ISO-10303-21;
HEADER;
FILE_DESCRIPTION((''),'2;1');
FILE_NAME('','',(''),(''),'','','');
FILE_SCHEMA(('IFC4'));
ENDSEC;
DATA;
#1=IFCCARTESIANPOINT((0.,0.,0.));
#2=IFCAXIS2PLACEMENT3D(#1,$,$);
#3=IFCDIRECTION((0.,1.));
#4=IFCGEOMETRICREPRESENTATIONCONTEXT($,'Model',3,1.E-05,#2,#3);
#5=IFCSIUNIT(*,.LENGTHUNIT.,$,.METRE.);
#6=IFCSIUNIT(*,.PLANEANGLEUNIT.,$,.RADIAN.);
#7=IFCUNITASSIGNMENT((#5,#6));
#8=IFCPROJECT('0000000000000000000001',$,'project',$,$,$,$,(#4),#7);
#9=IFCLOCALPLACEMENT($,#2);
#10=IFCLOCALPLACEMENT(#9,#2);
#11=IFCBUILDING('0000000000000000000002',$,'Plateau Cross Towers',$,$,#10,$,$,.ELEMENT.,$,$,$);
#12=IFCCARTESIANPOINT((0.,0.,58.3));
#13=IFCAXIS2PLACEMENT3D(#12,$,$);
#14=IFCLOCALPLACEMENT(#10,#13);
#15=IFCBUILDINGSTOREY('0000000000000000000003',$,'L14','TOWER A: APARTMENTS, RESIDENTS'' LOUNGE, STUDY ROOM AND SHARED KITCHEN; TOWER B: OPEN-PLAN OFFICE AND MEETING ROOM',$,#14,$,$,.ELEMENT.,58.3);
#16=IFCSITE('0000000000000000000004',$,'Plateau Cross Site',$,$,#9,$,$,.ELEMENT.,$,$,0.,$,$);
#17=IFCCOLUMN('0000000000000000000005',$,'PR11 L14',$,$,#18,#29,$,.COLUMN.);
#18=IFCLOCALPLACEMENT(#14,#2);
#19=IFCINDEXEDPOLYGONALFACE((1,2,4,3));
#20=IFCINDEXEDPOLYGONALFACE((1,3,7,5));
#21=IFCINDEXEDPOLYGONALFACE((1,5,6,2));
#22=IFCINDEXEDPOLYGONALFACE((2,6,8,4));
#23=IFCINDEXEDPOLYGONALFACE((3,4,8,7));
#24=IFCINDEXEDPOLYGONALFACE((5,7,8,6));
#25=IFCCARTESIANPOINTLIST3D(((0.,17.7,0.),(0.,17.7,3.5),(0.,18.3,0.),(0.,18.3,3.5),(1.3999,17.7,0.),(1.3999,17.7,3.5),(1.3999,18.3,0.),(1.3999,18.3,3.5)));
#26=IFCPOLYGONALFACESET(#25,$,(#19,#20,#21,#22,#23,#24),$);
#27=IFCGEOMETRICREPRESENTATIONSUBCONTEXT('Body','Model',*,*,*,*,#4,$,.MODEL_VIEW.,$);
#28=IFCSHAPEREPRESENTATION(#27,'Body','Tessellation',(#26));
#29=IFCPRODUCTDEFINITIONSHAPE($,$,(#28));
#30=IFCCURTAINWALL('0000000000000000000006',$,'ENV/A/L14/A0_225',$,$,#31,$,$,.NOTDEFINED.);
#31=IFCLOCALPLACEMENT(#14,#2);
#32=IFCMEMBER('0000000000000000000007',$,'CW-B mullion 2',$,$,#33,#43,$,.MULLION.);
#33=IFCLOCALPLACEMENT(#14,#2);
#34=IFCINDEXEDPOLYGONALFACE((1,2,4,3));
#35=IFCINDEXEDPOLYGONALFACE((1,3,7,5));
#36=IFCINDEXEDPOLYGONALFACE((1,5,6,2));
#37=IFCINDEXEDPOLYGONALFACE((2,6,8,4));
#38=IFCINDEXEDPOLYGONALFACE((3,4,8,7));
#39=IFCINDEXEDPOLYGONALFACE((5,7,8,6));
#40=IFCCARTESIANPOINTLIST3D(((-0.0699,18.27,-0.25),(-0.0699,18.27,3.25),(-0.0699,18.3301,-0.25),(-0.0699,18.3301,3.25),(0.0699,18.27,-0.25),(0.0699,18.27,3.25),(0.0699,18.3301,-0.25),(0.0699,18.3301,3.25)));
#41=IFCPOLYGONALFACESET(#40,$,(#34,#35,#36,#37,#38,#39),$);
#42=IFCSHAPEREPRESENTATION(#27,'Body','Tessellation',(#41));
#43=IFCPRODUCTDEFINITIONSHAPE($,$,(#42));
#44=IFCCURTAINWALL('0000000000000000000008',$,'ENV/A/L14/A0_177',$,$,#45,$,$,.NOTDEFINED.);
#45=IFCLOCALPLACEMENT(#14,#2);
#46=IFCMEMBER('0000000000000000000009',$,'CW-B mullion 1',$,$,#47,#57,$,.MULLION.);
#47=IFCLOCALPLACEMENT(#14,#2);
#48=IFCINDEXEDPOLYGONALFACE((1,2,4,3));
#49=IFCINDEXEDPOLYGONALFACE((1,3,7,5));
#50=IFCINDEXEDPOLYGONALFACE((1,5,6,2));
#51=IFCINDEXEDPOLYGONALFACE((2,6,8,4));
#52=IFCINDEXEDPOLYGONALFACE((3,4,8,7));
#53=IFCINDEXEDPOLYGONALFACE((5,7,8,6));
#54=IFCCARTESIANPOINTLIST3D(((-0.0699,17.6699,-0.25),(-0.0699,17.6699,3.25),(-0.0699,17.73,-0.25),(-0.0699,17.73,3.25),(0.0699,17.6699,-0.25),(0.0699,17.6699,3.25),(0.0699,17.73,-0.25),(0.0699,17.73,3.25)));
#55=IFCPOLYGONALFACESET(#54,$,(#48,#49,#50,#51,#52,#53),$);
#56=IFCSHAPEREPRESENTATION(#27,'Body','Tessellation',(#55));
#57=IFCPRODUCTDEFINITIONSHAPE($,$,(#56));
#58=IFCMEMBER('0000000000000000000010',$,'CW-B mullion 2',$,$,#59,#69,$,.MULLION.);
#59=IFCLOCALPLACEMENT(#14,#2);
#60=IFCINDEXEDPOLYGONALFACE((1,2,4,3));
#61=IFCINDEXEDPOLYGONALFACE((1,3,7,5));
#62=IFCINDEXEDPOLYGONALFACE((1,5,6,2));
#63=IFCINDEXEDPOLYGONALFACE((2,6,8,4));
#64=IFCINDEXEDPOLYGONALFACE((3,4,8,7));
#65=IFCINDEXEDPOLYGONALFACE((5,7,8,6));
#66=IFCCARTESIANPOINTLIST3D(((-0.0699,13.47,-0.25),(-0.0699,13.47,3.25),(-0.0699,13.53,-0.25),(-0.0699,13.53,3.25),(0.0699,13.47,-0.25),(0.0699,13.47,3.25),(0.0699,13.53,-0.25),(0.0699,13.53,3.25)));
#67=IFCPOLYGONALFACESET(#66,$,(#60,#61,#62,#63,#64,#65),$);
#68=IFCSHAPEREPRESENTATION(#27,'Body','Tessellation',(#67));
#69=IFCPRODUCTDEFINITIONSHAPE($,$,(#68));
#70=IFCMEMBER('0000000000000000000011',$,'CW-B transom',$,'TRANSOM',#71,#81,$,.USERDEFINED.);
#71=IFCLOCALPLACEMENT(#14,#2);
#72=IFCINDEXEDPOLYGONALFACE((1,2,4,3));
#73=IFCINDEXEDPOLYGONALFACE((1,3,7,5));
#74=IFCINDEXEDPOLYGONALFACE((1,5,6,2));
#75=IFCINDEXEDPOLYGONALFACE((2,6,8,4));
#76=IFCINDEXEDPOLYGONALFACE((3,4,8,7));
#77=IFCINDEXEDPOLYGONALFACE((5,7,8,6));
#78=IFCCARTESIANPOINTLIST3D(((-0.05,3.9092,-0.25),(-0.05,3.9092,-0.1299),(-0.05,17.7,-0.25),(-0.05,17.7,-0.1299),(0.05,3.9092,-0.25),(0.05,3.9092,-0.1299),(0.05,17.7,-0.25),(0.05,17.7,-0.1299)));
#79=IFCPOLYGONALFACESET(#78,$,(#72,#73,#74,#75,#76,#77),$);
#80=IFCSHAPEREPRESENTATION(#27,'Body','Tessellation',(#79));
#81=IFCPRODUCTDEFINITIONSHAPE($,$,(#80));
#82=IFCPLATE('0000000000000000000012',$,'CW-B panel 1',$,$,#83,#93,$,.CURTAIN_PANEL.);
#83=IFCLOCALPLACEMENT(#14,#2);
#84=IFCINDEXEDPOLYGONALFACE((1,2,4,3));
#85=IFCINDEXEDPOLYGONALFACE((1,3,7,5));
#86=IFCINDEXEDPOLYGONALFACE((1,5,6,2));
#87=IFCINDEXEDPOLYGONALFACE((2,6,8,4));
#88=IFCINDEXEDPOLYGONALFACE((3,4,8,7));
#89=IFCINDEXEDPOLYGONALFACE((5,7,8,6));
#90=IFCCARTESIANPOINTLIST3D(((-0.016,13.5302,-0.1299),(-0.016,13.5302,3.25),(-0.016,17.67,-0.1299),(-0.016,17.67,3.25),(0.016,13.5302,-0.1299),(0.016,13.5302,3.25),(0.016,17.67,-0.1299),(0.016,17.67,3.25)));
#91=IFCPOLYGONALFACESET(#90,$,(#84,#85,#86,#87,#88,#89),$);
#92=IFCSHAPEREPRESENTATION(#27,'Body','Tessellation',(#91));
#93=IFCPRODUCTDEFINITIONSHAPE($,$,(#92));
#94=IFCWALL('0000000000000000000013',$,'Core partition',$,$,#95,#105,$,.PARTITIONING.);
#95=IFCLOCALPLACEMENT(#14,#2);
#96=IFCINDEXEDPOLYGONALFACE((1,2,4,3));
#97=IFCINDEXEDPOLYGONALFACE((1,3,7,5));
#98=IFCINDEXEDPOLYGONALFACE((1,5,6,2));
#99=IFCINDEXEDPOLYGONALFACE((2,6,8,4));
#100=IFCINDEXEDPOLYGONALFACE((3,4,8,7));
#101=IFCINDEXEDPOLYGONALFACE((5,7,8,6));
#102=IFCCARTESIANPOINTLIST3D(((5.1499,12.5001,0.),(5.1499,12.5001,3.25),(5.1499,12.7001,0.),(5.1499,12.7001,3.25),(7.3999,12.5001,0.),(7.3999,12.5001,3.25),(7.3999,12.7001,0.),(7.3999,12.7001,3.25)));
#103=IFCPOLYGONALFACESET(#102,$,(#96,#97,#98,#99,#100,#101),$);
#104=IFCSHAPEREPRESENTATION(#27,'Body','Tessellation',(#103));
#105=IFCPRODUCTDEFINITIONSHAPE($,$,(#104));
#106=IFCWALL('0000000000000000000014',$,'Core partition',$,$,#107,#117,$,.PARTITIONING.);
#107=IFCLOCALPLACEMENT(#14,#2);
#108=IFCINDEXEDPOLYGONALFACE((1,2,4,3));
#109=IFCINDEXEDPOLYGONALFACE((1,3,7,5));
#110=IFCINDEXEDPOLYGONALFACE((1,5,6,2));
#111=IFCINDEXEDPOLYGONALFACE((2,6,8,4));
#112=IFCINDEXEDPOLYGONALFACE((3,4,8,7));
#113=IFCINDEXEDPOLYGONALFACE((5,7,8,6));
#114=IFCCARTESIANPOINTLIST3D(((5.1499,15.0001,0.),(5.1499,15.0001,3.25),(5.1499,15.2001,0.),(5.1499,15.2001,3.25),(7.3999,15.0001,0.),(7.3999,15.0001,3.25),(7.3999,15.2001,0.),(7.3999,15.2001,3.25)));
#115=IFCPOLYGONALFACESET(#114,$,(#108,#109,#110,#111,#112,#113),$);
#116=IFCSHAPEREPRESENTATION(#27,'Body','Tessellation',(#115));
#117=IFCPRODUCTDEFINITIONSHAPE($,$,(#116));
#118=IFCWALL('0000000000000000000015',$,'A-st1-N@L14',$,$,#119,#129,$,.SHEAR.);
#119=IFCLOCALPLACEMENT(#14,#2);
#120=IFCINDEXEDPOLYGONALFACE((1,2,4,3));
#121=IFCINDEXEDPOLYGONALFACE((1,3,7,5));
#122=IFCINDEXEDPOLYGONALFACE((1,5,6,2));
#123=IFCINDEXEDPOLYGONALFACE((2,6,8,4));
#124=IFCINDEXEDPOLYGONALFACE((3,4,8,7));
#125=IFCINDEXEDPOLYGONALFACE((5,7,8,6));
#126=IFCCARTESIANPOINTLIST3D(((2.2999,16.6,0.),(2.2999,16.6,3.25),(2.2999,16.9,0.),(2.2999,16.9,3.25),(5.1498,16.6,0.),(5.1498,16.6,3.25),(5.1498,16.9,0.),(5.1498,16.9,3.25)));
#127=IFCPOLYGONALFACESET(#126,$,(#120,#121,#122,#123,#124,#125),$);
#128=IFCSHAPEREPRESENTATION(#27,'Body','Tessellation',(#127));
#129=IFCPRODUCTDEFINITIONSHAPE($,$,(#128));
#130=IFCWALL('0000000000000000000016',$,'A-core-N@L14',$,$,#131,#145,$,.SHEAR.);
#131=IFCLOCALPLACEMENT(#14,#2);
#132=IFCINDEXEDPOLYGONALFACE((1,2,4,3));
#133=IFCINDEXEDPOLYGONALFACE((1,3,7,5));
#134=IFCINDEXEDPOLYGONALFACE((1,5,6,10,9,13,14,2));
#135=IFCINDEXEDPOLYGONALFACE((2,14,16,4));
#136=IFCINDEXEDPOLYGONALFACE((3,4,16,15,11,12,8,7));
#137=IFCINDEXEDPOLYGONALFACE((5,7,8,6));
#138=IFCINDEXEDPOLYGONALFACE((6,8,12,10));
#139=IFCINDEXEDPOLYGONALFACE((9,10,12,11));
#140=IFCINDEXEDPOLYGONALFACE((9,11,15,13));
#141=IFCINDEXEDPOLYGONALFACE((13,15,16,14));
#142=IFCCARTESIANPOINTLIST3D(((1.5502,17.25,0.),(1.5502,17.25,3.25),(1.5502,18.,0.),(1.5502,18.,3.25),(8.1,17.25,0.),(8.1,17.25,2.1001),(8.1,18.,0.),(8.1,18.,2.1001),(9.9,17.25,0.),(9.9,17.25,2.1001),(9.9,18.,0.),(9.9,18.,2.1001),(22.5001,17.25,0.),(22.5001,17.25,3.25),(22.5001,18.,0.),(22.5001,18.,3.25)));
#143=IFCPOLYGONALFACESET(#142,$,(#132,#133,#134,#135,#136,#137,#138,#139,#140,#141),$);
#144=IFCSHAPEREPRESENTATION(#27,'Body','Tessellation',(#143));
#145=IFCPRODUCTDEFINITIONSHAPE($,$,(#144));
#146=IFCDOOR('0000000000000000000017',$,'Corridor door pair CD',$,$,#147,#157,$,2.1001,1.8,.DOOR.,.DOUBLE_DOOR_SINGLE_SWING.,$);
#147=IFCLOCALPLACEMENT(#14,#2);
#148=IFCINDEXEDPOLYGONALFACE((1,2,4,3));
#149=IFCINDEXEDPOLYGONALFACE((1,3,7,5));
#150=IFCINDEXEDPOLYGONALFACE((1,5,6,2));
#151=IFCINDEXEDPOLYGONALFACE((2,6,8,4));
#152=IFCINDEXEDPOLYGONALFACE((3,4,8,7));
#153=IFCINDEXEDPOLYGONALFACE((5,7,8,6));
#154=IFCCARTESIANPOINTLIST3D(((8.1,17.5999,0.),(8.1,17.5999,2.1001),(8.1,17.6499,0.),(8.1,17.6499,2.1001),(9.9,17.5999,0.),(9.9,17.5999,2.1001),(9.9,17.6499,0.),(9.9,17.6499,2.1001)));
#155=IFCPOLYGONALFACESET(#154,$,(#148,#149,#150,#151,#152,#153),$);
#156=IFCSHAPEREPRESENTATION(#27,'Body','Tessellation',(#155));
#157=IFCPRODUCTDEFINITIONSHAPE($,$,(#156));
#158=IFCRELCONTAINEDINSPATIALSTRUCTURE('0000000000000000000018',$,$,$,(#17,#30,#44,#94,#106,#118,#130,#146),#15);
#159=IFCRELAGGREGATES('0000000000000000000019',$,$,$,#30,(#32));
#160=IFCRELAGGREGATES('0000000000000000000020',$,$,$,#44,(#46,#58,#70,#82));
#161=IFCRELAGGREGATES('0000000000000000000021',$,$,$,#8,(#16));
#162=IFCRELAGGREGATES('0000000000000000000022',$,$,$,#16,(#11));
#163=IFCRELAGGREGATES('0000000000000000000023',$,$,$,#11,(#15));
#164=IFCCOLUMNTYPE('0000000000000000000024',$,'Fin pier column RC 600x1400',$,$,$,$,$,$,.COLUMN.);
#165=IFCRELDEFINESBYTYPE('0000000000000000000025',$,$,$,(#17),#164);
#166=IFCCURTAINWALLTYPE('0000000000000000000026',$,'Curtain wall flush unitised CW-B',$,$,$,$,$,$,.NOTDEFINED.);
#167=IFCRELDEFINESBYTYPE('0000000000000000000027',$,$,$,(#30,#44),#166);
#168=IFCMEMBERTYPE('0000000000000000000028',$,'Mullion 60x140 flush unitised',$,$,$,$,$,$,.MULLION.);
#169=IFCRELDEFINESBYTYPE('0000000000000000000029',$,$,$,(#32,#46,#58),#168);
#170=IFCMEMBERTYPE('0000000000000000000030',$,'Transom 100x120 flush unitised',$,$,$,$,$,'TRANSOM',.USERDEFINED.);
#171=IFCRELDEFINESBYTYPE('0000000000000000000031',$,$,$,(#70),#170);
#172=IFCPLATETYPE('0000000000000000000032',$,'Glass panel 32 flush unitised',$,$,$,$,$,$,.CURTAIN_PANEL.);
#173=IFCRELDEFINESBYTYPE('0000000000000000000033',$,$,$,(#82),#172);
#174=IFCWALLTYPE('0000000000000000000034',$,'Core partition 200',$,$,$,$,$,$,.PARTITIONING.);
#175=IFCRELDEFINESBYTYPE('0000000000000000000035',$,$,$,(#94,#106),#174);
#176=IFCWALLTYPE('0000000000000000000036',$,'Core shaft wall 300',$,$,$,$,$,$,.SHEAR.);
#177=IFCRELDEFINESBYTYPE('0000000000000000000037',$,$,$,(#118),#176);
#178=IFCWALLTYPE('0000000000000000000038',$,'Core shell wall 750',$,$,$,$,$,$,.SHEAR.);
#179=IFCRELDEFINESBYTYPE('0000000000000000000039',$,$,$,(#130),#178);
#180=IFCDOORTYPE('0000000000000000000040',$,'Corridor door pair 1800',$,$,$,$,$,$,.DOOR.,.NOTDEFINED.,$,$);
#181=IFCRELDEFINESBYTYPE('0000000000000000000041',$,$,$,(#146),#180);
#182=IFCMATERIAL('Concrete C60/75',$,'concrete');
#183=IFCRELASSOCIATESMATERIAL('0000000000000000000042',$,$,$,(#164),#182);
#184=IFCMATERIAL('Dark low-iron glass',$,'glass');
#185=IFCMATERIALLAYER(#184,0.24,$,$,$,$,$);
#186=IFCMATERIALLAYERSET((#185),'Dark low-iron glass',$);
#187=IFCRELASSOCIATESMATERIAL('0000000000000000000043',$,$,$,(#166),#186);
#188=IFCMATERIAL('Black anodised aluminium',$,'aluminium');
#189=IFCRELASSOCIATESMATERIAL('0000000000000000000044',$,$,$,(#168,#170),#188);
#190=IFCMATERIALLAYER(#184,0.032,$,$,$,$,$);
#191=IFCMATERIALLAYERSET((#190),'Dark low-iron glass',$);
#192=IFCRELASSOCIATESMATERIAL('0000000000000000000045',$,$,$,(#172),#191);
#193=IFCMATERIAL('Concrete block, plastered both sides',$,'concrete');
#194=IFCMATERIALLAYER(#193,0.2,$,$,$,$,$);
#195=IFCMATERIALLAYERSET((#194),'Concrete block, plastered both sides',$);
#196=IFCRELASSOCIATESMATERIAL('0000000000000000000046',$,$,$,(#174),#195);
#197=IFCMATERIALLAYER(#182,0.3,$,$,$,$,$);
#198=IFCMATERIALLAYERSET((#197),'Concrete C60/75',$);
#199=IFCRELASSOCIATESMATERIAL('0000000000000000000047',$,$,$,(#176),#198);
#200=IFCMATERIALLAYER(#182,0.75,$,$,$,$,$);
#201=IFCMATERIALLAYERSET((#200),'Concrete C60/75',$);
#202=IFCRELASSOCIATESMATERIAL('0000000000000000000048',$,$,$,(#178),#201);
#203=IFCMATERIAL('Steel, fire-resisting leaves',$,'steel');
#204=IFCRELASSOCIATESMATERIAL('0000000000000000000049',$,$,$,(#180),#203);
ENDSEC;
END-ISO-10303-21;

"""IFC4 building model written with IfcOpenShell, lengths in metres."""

from ifc_helpers import new_model, si_unit, direction, frame, frame_2d, origin, origin_2d, place, context, subcontext, project, spatial, rectangle, extrude, material, layer, layer_set, material_profile, profile_set, type_object, element, fill, aggregate, save


model = new_model("IFC4")

# Units and contexts
model_context = context("Model", 3, precision=1e-05, world=origin(), true_north=direction((0.0, 1.0)))
body_context = subcontext(model_context, "Body", "Model", "MODEL_VIEW")
ifc_project = project(units=[si_unit("LENGTHUNIT", "METRE"), si_unit("PLANEANGLEUNIT", "RADIAN")], contexts=[model_context])

# Site, building, storey
site_placement = place(None, origin())
site = spatial("IfcSite", under=ifc_project, at=site_placement, Name="Plateau Cross Site", CompositionType="ELEMENT", RefElevation=0.0)
building_placement = place(site_placement, origin())
building = spatial("IfcBuilding", under=site, at=building_placement, Name="Plateau Cross Towers", CompositionType="ELEMENT")
storey_placement = place(building_placement, frame((0.0, 0.0, 58.3)))
storey = spatial("IfcBuildingStorey", under=building, at=storey_placement, Name="L14", Description="TOWER A: APARTMENTS, RESIDENTS' LOUNGE, STUDY ROOM AND SHARED KITCHEN; TOWER B: OPEN-PLAN OFFICE AND MEETING ROOM", CompositionType="ELEMENT", Elevation=58.3)

# Column
ifc_material_1 = material(Name="Concrete C60/75", Category="concrete")
ifc_material_profile_1 = material_profile(ifc_material_1, rectangle(XDim=0.6001, YDim=1.3999, at=origin_2d()), Name="RC 600x1400")
ifc_profile_set_1 = profile_set([ifc_material_profile_1], Name="Concrete C60/75")
column_type = type_object("IfcColumnType", Name="Fin pier column RC 600x1400", PredefinedType="COLUMN", material=ifc_profile_set_1)
column_placement = place(storey_placement, frame((0.7, 18.0, 0.0), z_axis=(0.0, 0.0, 1.0), x_axis=(0.0, 1.0, 0.0)))
element("IfcColumn", 1, at=column_placement, inside=storey, type_object=column_type, Name="PR11 L14", PredefinedType="COLUMN", context=body_context, shape_type="SweptSolid", body=[
    extrude(rectangle(XDim=0.6001, YDim=1.3999, at=origin_2d()), origin(), (0.0, 0.0, 1.0), 3.5),
])

# Curtain wall, member
ifc_material_2 = material(Name="Dark low-iron glass", Category="glass")
ifc_layer_1 = layer(ifc_material_2, 0.24)
ifc_layer_set_1 = layer_set([ifc_layer_1], Name="Dark low-iron glass")
curtain_wall_type = type_object("IfcCurtainWallType", Name="Curtain wall flush unitised CW-B", PredefinedType="NOTDEFINED", material=ifc_layer_set_1)
curtain_wall_1_placement = place(storey_placement, origin())
curtain_wall_1 = element("IfcCurtainWall", 2, at=curtain_wall_1_placement, inside=storey, type_object=curtain_wall_type, Name="ENV/A/L14/A0_225", PredefinedType="NOTDEFINED")
ifc_material_3 = material(Name="Black anodised aluminium", Category="aluminium")
ifc_material_profile_2 = material_profile(ifc_material_3, rectangle(XDim=0.0601, YDim=0.1399, at=origin_2d()), Name="MULLION 60x140")
ifc_profile_set_2 = profile_set([ifc_material_profile_2], Name="Black anodised aluminium")
member_type_1 = type_object("IfcMemberType", Name="Mullion 60x140 flush unitised", PredefinedType="MULLION", material=ifc_profile_set_2)
member_1_placement = place(storey_placement, frame((0.0, 18.3, -0.25), z_axis=(0.0, 0.0, 1.0), x_axis=(0.0, -1.0, 0.0)))
member_1 = element("IfcMember", 3, at=member_1_placement, type_object=member_type_1, Name="CW-B mullion 2", PredefinedType="MULLION", context=body_context, shape_type="SweptSolid", body=[
    extrude(rectangle(XDim=0.0601, YDim=0.1399, at=origin_2d()), origin(), (0.0, 0.0, 1.0), 3.5),
])
aggregate(curtain_wall_1, [member_1])

# Curtain wall, members, plate
curtain_wall_2_placement = place(storey_placement, origin())
curtain_wall_2 = element("IfcCurtainWall", 4, at=curtain_wall_2_placement, inside=storey, type_object=curtain_wall_type, Name="ENV/A/L14/A0_177", PredefinedType="NOTDEFINED")
member_2_placement = place(storey_placement, frame((0.0, 17.7, -0.25), z_axis=(0.0, 0.0, 1.0), x_axis=(0.0, -1.0, 0.0)))
member_2 = element("IfcMember", 5, at=member_2_placement, type_object=member_type_1, Name="CW-B mullion 1", PredefinedType="MULLION", context=body_context, shape_type="SweptSolid", body=[
    extrude(rectangle(XDim=0.0601, YDim=0.1399, at=origin_2d()), origin(), (0.0, 0.0, 1.0), 3.5),
])
member_3_placement = place(storey_placement, frame((0.0, 13.5, -0.25), z_axis=(0.0, 0.0, 1.0), x_axis=(0.0, -1.0, 0.0)))
member_3 = element("IfcMember", 6, at=member_3_placement, type_object=member_type_1, Name="CW-B mullion 2", PredefinedType="MULLION", context=body_context, shape_type="SweptSolid", body=[
    extrude(rectangle(XDim=0.0601, YDim=0.1399, at=origin_2d()), origin(), (0.0, 0.0, 1.0), 3.5),
])
ifc_material_profile_3 = material_profile(ifc_material_3, rectangle(XDim=0.1001, YDim=0.1201, at=origin_2d()), Name="TRANSOM 100x120")
ifc_profile_set_3 = profile_set([ifc_material_profile_3], Name="Black anodised aluminium")
member_type_2 = type_object("IfcMemberType", Name="Transom 100x120 flush unitised", ElementType="TRANSOM", PredefinedType="USERDEFINED", material=ifc_profile_set_3)
member_4_placement = place(storey_placement, frame((0.0, 17.7, -0.1899), z_axis=(0.0, -1.0, 0.0), x_axis=(1.0, 0.0, 0.0)))
member_4 = element("IfcMember", 7, at=member_4_placement, type_object=member_type_2, Name="CW-B transom", ObjectType="TRANSOM", PredefinedType="USERDEFINED", context=body_context, shape_type="SweptSolid", body=[
    extrude(rectangle(XDim=0.1001, YDim=0.1201, at=origin_2d()), origin(), (0.0, 0.0, 1.0), 13.7908),
])
ifc_layer_2 = layer(ifc_material_2, 0.032)
ifc_layer_set_2 = layer_set([ifc_layer_2], Name="Dark low-iron glass")
plate_type = type_object("IfcPlateType", Name="Glass panel 32 flush unitised", PredefinedType="CURTAIN_PANEL", material=ifc_layer_set_2)
plate_placement = place(storey_placement, frame((0.0, 15.6001, -0.1299), z_axis=(0.0, 0.0, 1.0), x_axis=(0.0, -1.0, 0.0)))
plate = element("IfcPlate", 8, at=plate_placement, type_object=plate_type, Name="CW-B panel 1", PredefinedType="CURTAIN_PANEL", context=body_context, shape_type="SweptSolid", body=[
    extrude(rectangle(XDim=4.1399, YDim=0.032, at=origin_2d()), origin(), (0.0, 0.0, 1.0), 3.3799),
])
aggregate(curtain_wall_2, [member_2, member_3, member_4, plate])

# Walls
ifc_material_4 = material(Name="Concrete block, plastered both sides", Category="concrete")
ifc_layer_3 = layer(ifc_material_4, 0.2)
ifc_layer_set_3 = layer_set([ifc_layer_3], Name="Concrete block, plastered both sides")
wall_type_1 = type_object("IfcWallType", Name="Core partition 200", PredefinedType="PARTITIONING", material=ifc_layer_set_3)
for number, where, z_axis, x_axis, name in (
    (9, (5.1499, 12.6001, 0.0), (0.0, 0.0, 1.0), (1.0, 0.0, 0.0), "Core partition"),
    (10, (5.1499, 15.1001, 0.0), (0.0, 0.0, 1.0), (1.0, 0.0, 0.0), "Core partition"),
):
    element("IfcWall", number, at=place(storey_placement, frame(where, z_axis=z_axis, x_axis=x_axis)), inside=storey, type_object=wall_type_1, Name=name, PredefinedType="PARTITIONING", context=body_context, shape_type="SweptSolid", body=[
        extrude(rectangle(XDim=2.25, YDim=0.2, at=frame_2d((1.125, 0.0))), origin(), (0.0, 0.0, 1.0), 3.25),
    ])
ifc_layer_4 = layer(ifc_material_1, 0.3)
ifc_layer_set_4 = layer_set([ifc_layer_4], Name="Concrete C60/75")
wall_type_2 = type_object("IfcWallType", Name="Core shaft wall 300", PredefinedType="SHEAR", material=ifc_layer_set_4)
wall_1_placement = place(storey_placement, frame((2.3, 16.75, 0.0), z_axis=(0.0, 0.0, 1.0), x_axis=(1.0, 0.0, 0.0)))
element("IfcWall", 11, at=wall_1_placement, inside=storey, type_object=wall_type_2, Name="A-st1-N@L14", PredefinedType="SHEAR", context=body_context, shape_type="SweptSolid", body=[
    extrude(rectangle(XDim=2.8499, YDim=0.3, at=frame_2d((1.4248, 0.0))), origin(), (0.0, 0.0, 1.0), 3.25),
])

# Wall, opening, door
ifc_layer_5 = layer(ifc_material_1, 0.75)
ifc_layer_set_5 = layer_set([ifc_layer_5], Name="Concrete C60/75")
wall_type_3 = type_object("IfcWallType", Name="Core shell wall 750", PredefinedType="SHEAR", material=ifc_layer_set_5)
wall_2_placement = place(storey_placement, frame((1.55, 17.625, 0.0), z_axis=(0.0, 0.0, 1.0), x_axis=(1.0, 0.0, 0.0)))
wall_2 = element("IfcWall", 12, at=wall_2_placement, inside=storey, type_object=wall_type_3, Name="A-core-N@L14", PredefinedType="SHEAR", context=body_context, shape_type="SweptSolid", body=[
    extrude(rectangle(XDim=20.95, YDim=0.75, at=frame_2d((10.4751, 0.0))), origin(), (0.0, 0.0, 1.0), 3.25),
])
opening_placement = place(wall_2_placement, frame((6.55, 0.0, 0.0)))
opening = element("IfcOpeningElement", 13, at=opening_placement, cuts=wall_2, PredefinedType="OPENING", context=body_context, shape_type="SweptSolid", body=[
    extrude(rectangle(XDim=1.8, YDim=2.1001, at=frame_2d((0.8999, 1.05))), frame((0.0, 0.385, 0.0), z_axis=(0.0, -1.0, 0.0), x_axis=(1.0, 0.0, 0.0)), (0.0, 0.0, 1.0), 0.77),
])
ifc_material_5 = material(Name="Steel, fire-resisting leaves", Category="steel")
door_type = type_object("IfcDoorType", Name="Corridor door pair 1800", OperationType="NOTDEFINED", PredefinedType="DOOR", material=ifc_material_5)
door_placement = place(opening_placement, origin())
door = element("IfcDoor", 14, at=door_placement, inside=storey, type_object=door_type, Name="Corridor door pair CD", OperationType="DOUBLE_DOOR_SINGLE_SWING", OverallHeight=2.1001, OverallWidth=1.8, PredefinedType="DOOR", context=body_context, shape_type="SweptSolid", body=[
    extrude(rectangle(XDim=1.8, YDim=2.1001, at=frame_2d((0.8999, 1.05))), frame((0.0, 0.0249, 0.0), z_axis=(0.0, -1.0, 0.0), x_axis=(1.0, 0.0, 0.0)), (0.0, 0.0, 1.0), 0.05),
])
fill(opening, door)

save(model, "model.ifc")
